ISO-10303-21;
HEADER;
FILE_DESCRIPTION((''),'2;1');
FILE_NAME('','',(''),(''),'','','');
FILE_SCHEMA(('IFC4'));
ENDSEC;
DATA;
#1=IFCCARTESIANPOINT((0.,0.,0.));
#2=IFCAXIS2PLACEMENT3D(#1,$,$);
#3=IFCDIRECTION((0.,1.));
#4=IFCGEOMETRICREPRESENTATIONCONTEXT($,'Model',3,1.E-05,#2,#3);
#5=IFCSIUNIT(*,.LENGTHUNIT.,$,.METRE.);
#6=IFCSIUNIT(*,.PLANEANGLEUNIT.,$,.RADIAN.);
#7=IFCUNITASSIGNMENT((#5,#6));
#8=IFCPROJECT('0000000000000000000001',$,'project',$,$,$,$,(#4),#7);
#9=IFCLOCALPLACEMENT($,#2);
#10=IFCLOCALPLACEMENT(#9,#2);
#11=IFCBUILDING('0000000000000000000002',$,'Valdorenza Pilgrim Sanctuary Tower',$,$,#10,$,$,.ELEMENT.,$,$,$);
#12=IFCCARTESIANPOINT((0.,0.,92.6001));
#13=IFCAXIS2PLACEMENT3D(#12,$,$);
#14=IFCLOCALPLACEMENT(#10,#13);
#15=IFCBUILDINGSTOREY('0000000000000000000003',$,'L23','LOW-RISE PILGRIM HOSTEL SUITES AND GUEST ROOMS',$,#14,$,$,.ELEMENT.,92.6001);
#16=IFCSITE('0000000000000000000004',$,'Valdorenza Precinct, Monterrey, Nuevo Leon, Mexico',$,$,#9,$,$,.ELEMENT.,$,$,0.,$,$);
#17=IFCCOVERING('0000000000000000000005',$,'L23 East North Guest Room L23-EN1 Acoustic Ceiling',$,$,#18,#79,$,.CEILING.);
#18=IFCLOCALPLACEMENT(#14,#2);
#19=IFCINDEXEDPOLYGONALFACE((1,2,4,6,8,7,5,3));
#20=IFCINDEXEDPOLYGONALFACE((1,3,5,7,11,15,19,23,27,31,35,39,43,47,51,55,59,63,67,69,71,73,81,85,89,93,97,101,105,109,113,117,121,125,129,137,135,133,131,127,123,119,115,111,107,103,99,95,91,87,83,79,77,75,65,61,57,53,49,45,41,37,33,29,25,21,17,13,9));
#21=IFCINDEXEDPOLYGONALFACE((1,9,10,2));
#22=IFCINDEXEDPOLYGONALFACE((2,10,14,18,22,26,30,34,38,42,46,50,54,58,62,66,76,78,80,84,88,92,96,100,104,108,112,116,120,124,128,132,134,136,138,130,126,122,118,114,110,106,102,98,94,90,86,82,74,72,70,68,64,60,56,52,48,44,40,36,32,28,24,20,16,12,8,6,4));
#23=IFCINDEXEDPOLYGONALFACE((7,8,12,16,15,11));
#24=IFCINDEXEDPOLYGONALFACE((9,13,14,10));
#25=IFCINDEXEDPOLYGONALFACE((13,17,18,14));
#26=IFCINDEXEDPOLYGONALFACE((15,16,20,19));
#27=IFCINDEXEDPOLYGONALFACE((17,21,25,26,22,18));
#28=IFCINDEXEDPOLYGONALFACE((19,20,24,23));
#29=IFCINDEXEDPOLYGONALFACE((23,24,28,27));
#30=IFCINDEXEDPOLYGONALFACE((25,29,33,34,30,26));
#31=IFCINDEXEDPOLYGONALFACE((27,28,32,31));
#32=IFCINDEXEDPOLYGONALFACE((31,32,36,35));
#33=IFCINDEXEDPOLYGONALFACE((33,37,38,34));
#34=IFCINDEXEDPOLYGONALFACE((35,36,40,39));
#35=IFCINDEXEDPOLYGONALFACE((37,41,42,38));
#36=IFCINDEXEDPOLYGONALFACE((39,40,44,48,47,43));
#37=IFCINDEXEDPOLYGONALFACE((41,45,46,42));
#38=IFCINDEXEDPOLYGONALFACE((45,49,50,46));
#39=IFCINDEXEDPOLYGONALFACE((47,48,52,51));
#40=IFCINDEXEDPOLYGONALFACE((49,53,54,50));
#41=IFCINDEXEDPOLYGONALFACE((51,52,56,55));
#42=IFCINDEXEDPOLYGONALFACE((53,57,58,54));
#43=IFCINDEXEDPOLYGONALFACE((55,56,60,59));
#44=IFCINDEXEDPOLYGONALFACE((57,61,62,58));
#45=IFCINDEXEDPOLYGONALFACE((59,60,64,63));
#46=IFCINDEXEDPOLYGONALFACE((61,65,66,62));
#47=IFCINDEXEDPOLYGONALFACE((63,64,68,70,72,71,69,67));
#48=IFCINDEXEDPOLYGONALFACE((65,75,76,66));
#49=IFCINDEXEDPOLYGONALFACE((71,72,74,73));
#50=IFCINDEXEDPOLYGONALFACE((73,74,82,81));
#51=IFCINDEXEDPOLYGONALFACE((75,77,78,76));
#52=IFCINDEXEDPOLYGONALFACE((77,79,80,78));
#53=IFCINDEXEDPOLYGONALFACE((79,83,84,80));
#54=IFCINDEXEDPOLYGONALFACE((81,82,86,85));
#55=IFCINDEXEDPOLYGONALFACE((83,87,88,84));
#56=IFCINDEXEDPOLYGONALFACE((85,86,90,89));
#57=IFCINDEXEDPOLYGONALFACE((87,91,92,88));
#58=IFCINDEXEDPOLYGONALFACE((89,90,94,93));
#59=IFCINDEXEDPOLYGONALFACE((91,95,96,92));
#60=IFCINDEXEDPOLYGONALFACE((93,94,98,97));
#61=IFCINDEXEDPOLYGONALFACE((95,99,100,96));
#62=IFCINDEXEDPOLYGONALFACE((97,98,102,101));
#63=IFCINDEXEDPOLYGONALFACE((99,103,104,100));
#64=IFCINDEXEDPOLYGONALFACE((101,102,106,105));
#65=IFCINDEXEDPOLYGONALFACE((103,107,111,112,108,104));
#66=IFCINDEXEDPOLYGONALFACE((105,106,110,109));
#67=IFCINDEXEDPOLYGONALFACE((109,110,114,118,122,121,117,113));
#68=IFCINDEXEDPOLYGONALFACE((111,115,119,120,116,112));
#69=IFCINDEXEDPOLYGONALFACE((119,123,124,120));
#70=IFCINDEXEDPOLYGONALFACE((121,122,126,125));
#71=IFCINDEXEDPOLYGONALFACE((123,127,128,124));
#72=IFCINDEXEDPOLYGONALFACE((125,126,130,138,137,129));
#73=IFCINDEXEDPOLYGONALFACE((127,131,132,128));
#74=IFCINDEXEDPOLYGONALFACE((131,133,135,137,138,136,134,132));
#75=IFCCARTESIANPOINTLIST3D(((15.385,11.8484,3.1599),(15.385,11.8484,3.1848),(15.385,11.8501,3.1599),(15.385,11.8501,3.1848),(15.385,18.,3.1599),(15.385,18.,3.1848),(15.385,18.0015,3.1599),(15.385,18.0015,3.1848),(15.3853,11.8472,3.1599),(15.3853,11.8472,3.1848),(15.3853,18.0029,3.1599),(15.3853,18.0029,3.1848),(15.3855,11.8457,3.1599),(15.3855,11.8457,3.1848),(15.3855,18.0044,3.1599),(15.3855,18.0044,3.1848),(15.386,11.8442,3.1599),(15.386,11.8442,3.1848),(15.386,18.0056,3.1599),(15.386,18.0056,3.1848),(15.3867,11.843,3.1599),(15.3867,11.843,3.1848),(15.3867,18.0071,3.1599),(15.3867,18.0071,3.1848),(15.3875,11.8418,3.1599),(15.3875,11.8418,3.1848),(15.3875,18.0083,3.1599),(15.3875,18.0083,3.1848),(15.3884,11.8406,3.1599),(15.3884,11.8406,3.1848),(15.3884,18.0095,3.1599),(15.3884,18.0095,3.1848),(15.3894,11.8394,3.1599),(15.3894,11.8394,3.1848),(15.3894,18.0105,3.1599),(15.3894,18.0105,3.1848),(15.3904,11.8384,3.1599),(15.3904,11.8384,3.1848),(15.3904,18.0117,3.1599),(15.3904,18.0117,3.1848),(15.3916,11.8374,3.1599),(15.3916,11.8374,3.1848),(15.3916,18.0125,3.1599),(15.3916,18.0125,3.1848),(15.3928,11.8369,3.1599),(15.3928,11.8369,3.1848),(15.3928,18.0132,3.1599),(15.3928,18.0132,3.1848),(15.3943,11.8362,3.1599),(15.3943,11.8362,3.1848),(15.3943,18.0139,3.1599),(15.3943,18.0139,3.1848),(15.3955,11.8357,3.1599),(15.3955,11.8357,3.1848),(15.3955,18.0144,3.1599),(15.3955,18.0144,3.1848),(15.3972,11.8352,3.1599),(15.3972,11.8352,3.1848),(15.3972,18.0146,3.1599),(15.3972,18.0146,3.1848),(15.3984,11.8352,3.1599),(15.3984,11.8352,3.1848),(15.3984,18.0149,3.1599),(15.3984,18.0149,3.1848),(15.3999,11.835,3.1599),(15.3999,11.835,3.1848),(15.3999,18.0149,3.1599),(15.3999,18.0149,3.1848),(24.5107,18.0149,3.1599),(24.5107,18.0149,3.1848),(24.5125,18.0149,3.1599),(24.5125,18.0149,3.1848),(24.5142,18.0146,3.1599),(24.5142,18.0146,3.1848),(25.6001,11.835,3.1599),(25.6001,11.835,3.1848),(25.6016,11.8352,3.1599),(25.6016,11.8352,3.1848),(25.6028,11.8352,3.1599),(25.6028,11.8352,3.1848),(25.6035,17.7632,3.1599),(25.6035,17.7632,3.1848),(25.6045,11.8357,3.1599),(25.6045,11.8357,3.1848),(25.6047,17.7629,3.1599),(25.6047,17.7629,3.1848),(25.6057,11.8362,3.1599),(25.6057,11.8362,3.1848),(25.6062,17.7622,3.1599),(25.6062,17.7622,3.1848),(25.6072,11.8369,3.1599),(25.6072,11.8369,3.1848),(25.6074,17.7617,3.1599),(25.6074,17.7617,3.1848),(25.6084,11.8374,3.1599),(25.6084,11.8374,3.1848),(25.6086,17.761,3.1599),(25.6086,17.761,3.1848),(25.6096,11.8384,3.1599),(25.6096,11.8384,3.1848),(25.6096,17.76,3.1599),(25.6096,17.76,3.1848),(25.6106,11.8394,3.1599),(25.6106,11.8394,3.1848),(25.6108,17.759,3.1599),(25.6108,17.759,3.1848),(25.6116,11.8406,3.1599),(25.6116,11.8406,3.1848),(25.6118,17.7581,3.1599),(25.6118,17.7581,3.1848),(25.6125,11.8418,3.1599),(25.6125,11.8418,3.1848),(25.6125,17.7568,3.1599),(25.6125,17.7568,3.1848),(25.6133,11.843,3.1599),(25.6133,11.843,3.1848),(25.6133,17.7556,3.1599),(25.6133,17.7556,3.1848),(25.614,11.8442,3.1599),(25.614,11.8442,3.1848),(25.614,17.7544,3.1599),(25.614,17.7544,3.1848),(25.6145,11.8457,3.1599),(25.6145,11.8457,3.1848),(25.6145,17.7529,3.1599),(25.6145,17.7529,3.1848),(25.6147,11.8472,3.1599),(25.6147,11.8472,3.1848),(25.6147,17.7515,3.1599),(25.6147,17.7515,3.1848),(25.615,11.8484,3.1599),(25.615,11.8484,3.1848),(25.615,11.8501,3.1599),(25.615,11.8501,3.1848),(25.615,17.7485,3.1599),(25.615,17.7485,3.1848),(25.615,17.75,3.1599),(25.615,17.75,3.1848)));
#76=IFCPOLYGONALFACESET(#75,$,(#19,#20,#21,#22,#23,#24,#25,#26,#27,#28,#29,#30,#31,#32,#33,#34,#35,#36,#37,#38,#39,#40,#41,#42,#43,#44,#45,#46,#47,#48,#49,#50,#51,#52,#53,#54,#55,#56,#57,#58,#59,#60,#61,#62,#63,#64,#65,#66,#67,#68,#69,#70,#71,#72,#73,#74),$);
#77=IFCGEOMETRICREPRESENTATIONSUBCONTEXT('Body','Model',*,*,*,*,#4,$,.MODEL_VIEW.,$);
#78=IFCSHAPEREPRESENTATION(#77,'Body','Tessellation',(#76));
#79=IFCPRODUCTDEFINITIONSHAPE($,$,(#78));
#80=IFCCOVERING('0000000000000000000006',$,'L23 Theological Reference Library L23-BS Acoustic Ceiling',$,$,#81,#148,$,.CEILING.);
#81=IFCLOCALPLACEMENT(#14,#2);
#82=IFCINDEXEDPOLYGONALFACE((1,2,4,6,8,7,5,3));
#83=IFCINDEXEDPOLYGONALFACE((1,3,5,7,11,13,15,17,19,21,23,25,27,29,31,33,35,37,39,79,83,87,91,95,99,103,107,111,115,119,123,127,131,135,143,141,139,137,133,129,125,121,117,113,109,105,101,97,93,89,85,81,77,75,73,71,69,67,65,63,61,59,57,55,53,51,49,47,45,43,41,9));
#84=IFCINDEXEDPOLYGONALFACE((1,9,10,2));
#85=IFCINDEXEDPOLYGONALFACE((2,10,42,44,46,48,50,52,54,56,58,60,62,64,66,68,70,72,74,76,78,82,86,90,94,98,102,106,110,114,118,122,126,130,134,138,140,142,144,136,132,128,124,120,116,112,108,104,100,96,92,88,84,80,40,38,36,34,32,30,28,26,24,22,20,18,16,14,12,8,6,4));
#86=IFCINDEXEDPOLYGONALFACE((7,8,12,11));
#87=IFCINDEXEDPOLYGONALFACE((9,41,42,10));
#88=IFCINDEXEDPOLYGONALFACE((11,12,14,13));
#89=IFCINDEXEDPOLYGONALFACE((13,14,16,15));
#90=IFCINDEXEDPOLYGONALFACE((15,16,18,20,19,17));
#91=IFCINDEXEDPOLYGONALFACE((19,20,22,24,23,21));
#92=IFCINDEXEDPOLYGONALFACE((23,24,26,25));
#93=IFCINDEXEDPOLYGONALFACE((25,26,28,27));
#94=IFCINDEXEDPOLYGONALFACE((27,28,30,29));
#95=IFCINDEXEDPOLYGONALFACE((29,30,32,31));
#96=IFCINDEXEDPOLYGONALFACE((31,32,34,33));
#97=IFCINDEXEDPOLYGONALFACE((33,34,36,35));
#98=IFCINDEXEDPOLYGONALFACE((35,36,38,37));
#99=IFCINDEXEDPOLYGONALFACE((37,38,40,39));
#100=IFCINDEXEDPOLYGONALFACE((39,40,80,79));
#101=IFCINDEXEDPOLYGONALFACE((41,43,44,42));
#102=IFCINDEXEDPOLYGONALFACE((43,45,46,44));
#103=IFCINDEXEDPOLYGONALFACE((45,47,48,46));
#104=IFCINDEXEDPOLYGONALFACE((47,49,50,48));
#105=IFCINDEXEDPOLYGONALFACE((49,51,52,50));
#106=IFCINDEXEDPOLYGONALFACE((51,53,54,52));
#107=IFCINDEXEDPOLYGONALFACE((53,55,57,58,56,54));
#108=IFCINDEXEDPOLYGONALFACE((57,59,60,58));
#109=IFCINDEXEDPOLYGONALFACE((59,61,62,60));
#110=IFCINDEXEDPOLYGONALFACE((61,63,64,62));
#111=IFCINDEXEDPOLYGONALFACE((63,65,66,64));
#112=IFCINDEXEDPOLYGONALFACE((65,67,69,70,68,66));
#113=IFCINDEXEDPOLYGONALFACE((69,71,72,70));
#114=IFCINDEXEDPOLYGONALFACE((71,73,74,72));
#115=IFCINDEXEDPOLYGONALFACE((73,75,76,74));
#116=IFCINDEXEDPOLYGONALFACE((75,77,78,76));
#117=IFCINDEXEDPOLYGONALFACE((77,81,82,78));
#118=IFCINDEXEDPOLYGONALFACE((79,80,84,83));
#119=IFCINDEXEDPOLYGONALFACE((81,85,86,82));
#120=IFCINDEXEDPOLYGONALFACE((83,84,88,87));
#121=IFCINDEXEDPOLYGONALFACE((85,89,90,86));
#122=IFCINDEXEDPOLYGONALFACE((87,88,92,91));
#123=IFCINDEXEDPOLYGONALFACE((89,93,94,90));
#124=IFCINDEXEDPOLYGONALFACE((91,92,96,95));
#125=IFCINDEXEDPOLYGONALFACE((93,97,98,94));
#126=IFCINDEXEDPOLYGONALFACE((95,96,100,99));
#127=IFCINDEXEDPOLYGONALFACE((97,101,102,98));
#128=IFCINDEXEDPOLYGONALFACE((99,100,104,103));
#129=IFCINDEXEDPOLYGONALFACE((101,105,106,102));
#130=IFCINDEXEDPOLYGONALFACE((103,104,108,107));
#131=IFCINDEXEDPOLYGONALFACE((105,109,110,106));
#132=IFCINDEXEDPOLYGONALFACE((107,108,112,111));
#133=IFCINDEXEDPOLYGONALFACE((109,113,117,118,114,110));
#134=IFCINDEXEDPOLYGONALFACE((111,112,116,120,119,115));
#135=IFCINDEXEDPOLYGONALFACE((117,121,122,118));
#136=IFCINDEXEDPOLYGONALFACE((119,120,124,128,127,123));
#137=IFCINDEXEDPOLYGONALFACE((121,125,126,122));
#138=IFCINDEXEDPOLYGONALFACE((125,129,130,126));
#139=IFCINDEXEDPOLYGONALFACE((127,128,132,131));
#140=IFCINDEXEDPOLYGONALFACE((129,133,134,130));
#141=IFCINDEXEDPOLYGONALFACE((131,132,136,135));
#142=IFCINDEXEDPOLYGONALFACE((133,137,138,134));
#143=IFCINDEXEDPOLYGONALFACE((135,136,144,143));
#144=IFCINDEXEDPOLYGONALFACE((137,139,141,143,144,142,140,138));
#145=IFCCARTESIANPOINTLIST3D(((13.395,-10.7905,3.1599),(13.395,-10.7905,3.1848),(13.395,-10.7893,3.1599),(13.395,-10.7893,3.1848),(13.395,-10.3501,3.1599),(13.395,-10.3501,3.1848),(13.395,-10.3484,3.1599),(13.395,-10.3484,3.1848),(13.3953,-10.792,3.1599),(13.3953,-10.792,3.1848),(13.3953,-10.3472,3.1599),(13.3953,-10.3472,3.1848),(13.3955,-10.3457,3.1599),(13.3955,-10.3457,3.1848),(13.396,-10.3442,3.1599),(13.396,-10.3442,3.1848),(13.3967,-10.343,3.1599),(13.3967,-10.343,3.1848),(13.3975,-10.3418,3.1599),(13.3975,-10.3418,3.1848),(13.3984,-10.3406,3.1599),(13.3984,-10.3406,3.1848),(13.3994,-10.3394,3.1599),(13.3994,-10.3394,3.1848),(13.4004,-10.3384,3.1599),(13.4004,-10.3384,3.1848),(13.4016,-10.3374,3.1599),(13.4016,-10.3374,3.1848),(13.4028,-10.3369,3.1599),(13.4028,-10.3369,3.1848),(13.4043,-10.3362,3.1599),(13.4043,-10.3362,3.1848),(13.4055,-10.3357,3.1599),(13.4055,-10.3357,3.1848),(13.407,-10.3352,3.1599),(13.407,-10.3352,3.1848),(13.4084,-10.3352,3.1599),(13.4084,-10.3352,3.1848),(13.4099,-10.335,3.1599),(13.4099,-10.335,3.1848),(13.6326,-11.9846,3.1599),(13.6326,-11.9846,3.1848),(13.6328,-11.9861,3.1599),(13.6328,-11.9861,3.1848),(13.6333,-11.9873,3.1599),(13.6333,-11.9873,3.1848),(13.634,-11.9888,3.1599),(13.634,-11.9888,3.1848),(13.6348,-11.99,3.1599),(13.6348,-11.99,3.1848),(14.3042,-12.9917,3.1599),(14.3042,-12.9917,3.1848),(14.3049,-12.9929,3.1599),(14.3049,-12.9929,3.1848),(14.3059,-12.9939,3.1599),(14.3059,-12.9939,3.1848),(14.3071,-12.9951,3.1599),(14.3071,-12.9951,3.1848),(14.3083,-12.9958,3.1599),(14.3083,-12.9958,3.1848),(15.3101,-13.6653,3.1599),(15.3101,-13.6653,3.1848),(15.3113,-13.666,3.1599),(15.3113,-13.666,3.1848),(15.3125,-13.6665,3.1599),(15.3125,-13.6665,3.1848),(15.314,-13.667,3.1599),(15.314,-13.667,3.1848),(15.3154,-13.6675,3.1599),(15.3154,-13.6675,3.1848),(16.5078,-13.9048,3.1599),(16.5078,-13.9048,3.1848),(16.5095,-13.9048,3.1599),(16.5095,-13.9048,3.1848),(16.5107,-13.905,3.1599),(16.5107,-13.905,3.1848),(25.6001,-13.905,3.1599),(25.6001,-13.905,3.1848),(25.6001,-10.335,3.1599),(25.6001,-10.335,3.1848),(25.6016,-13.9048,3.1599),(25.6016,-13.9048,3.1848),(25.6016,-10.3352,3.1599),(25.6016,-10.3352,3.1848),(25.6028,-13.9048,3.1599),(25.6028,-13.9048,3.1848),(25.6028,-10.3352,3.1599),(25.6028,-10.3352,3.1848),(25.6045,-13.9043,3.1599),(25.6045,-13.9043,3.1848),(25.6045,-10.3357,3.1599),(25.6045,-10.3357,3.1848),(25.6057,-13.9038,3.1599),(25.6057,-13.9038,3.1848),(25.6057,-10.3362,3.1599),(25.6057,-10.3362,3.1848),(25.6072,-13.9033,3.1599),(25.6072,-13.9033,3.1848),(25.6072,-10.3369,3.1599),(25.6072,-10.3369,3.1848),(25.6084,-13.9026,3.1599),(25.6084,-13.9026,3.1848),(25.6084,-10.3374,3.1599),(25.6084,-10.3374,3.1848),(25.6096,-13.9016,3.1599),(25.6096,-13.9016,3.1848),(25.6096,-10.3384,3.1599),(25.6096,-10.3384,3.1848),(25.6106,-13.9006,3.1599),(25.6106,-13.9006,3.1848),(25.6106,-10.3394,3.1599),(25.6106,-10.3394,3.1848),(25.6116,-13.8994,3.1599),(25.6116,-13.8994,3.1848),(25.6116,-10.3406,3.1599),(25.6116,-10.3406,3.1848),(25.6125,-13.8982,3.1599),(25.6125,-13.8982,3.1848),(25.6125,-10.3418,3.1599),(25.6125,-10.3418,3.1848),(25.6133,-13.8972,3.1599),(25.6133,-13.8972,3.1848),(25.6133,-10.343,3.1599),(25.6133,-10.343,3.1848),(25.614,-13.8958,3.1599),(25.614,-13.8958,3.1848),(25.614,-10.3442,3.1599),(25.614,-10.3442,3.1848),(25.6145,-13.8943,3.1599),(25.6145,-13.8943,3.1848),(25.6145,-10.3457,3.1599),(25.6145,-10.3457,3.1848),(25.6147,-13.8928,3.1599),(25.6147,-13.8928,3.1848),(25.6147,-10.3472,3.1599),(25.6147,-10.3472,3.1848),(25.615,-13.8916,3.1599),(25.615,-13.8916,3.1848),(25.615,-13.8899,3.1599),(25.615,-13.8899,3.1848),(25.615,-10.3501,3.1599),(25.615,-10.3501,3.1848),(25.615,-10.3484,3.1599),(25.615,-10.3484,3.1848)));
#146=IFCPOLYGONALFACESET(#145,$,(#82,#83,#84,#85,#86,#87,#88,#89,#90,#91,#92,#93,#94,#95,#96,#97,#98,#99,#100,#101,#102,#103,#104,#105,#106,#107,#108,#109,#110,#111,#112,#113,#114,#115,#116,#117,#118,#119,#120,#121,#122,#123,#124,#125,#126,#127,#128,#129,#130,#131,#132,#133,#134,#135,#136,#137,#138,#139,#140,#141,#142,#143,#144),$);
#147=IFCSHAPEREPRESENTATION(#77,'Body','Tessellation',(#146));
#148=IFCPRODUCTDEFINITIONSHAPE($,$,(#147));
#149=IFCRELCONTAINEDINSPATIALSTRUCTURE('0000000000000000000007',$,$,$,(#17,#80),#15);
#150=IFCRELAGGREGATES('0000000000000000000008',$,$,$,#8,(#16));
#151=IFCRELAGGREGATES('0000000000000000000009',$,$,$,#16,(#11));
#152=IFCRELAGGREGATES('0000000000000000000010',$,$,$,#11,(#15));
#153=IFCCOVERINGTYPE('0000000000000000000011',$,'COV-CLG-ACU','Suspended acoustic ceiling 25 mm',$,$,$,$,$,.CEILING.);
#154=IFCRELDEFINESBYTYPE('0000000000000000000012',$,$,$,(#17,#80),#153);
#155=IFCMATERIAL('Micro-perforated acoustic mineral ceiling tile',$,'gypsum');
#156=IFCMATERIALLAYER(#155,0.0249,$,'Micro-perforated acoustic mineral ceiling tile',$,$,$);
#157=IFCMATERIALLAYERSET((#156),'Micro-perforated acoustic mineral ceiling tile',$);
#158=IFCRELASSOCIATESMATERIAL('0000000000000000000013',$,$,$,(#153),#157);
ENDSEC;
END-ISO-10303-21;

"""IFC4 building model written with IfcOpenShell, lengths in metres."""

from ifc_helpers import new_model, si_unit, direction, frame, origin, place, context, subcontext, project, spatial, polyline, outline, extrude, material, layer, layer_set, type_object, element, save


model = new_model("IFC4")

# Units and contexts
model_context = context("Model", 3, precision=1e-05, world=origin(), true_north=direction((0.0, 1.0)))
body_context = subcontext(model_context, "Body", "Model", "MODEL_VIEW")
ifc_project = project(units=[si_unit("LENGTHUNIT", "METRE"), si_unit("PLANEANGLEUNIT", "RADIAN")], contexts=[model_context])

# Site, building, storey
site_placement = place(None, origin())
site = spatial("IfcSite", under=ifc_project, at=site_placement, Name="Valdorenza Precinct, Monterrey, Nuevo Leon, Mexico", CompositionType="ELEMENT", RefElevation=0.0)
building_placement = place(site_placement, origin())
building = spatial("IfcBuilding", under=site, at=building_placement, Name="Valdorenza Pilgrim Sanctuary Tower", CompositionType="ELEMENT")
storey_placement = place(building_placement, frame((0.0, 0.0, 92.6001)))
storey = spatial("IfcBuildingStorey", under=building, at=storey_placement, Name="L23", Description="LOW-RISE PILGRIM HOSTEL SUITES AND GUEST ROOMS", CompositionType="ELEMENT", Elevation=92.6001)

# Coverings
ifc_material_1 = material(Name="Micro-perforated acoustic mineral ceiling tile", Category="gypsum")
ifc_layer_1 = layer(ifc_material_1, 0.0249, Name="Micro-perforated acoustic mineral ceiling tile")
ifc_layer_set_1 = layer_set([ifc_layer_1], Name="Micro-perforated acoustic mineral ceiling tile")
covering_type_1 = type_object("IfcCoveringType", Name="COV-CLG-ACU", Description="Suspended acoustic ceiling 25 mm", PredefinedType="CEILING", material=ifc_layer_set_1)
covering_1_placement = place(storey_placement, frame((0.0, 0.0, 3.1599)))
element("IfcCovering", 1, at=covering_1_placement, inside=storey, type_object=covering_type_1, Name="L23 East North Guest Room L23-EN1 Acoustic Ceiling", PredefinedType="CEILING", context=body_context, shape_type="SweptSolid", body=[
    extrude(outline(polyline([(24.5107, 18.0149), (24.5125, 18.0149), (24.5142, 18.0146), (25.6035, 17.7632), (25.6047, 17.7629), (25.6062, 17.7622), (25.6074, 17.7617), (25.6086, 17.761), (25.6096, 17.76), (25.6108, 17.759), (25.6118, 17.7581), (25.6125, 17.7568), (25.6133, 17.7556), (25.614, 17.7544), (25.6145, 17.7529), (25.6147, 17.7515), (25.615, 17.75), (25.615, 17.7485), (25.615, 11.8501), (25.615, 11.8484), (25.6147, 11.8472), (25.6145, 11.8457), (25.614, 11.8442), (25.6133, 11.843), (25.6125, 11.8418), (25.6116, 11.8406), (25.6106, 11.8394), (25.6096, 11.8384), (25.6084, 11.8374), (25.6072, 11.8369), (25.6057, 11.8362), (25.6045, 11.8357), (25.6028, 11.8352), (25.6016, 11.8352), (25.6001, 11.835), (15.3999, 11.835), (15.3984, 11.8352), (15.3972, 11.8352), (15.3955, 11.8357), (15.3943, 11.8362), (15.3928, 11.8369), (15.3916, 11.8374), (15.3904, 11.8384), (15.3894, 11.8394), (15.3884, 11.8406), (15.3875, 11.8418), (15.3867, 11.843), (15.386, 11.8442), (15.3855, 11.8457), (15.3853, 11.8472), (15.385, 11.8484), (15.385, 11.8501), (15.385, 18.0), (15.385, 18.0015), (15.3853, 18.0029), (15.3855, 18.0044), (15.386, 18.0056), (15.3867, 18.0071), (15.3875, 18.0083), (15.3884, 18.0095), (15.3894, 18.0105), (15.3904, 18.0117), (15.3916, 18.0125), (15.3928, 18.0132), (15.3943, 18.0139), (15.3955, 18.0144), (15.3972, 18.0146), (15.3984, 18.0149), (15.3999, 18.0149), (24.5107, 18.0149)])), origin(), (0.0, 0.0, 1.0), 0.0249),
])
covering_2_placement = place(storey_placement, frame((0.0, 0.0, 3.1599)))
element("IfcCovering", 2, at=covering_2_placement, inside=storey, type_object=covering_type_1, Name="L23 Theological Reference Library L23-BS Acoustic Ceiling", PredefinedType="CEILING", context=body_context, shape_type="SweptSolid", body=[
    extrude(outline(polyline([(25.615, -13.8899), (25.615, -13.8916), (25.6147, -13.8928), (25.6145, -13.8943), (25.614, -13.8958), (25.6133, -13.8972), (25.6125, -13.8982), (25.6116, -13.8994), (25.6106, -13.9006), (25.6096, -13.9016), (25.6084, -13.9026), (25.6072, -13.9033), (25.6057, -13.9038), (25.6045, -13.9043), (25.6028, -13.9048), (25.6016, -13.9048), (25.6001, -13.905), (16.5107, -13.905), (16.5095, -13.9048), (16.5078, -13.9048), (15.3154, -13.6675), (15.314, -13.667), (15.3125, -13.6665), (15.3113, -13.666), (15.3101, -13.6653), (14.3083, -12.9958), (14.3071, -12.9951), (14.3059, -12.9939), (14.3049, -12.9929), (14.3042, -12.9917), (13.6348, -11.99), (13.634, -11.9888), (13.6333, -11.9873), (13.6328, -11.9861), (13.6326, -11.9846), (13.3953, -10.792), (13.395, -10.7905), (13.395, -10.7893), (13.395, -10.3501), (13.395, -10.3484), (13.3953, -10.3472), (13.3955, -10.3457), (13.396, -10.3442), (13.3967, -10.343), (13.3975, -10.3418), (13.3984, -10.3406), (13.3994, -10.3394), (13.4004, -10.3384), (13.4016, -10.3374), (13.4028, -10.3369), (13.4043, -10.3362), (13.4055, -10.3357), (13.407, -10.3352), (13.4084, -10.3352), (13.4099, -10.335), (25.6001, -10.335), (25.6016, -10.3352), (25.6028, -10.3352), (25.6045, -10.3357), (25.6057, -10.3362), (25.6072, -10.3369), (25.6084, -10.3374), (25.6096, -10.3384), (25.6106, -10.3394), (25.6116, -10.3406), (25.6125, -10.3418), (25.6133, -10.343), (25.614, -10.3442), (25.6145, -10.3457), (25.6147, -10.3472), (25.615, -10.3484), (25.615, -10.3501), (25.615, -13.8899)])), origin(), (0.0, 0.0, 1.0), 0.0249),
])

save(model, "model.ifc")
